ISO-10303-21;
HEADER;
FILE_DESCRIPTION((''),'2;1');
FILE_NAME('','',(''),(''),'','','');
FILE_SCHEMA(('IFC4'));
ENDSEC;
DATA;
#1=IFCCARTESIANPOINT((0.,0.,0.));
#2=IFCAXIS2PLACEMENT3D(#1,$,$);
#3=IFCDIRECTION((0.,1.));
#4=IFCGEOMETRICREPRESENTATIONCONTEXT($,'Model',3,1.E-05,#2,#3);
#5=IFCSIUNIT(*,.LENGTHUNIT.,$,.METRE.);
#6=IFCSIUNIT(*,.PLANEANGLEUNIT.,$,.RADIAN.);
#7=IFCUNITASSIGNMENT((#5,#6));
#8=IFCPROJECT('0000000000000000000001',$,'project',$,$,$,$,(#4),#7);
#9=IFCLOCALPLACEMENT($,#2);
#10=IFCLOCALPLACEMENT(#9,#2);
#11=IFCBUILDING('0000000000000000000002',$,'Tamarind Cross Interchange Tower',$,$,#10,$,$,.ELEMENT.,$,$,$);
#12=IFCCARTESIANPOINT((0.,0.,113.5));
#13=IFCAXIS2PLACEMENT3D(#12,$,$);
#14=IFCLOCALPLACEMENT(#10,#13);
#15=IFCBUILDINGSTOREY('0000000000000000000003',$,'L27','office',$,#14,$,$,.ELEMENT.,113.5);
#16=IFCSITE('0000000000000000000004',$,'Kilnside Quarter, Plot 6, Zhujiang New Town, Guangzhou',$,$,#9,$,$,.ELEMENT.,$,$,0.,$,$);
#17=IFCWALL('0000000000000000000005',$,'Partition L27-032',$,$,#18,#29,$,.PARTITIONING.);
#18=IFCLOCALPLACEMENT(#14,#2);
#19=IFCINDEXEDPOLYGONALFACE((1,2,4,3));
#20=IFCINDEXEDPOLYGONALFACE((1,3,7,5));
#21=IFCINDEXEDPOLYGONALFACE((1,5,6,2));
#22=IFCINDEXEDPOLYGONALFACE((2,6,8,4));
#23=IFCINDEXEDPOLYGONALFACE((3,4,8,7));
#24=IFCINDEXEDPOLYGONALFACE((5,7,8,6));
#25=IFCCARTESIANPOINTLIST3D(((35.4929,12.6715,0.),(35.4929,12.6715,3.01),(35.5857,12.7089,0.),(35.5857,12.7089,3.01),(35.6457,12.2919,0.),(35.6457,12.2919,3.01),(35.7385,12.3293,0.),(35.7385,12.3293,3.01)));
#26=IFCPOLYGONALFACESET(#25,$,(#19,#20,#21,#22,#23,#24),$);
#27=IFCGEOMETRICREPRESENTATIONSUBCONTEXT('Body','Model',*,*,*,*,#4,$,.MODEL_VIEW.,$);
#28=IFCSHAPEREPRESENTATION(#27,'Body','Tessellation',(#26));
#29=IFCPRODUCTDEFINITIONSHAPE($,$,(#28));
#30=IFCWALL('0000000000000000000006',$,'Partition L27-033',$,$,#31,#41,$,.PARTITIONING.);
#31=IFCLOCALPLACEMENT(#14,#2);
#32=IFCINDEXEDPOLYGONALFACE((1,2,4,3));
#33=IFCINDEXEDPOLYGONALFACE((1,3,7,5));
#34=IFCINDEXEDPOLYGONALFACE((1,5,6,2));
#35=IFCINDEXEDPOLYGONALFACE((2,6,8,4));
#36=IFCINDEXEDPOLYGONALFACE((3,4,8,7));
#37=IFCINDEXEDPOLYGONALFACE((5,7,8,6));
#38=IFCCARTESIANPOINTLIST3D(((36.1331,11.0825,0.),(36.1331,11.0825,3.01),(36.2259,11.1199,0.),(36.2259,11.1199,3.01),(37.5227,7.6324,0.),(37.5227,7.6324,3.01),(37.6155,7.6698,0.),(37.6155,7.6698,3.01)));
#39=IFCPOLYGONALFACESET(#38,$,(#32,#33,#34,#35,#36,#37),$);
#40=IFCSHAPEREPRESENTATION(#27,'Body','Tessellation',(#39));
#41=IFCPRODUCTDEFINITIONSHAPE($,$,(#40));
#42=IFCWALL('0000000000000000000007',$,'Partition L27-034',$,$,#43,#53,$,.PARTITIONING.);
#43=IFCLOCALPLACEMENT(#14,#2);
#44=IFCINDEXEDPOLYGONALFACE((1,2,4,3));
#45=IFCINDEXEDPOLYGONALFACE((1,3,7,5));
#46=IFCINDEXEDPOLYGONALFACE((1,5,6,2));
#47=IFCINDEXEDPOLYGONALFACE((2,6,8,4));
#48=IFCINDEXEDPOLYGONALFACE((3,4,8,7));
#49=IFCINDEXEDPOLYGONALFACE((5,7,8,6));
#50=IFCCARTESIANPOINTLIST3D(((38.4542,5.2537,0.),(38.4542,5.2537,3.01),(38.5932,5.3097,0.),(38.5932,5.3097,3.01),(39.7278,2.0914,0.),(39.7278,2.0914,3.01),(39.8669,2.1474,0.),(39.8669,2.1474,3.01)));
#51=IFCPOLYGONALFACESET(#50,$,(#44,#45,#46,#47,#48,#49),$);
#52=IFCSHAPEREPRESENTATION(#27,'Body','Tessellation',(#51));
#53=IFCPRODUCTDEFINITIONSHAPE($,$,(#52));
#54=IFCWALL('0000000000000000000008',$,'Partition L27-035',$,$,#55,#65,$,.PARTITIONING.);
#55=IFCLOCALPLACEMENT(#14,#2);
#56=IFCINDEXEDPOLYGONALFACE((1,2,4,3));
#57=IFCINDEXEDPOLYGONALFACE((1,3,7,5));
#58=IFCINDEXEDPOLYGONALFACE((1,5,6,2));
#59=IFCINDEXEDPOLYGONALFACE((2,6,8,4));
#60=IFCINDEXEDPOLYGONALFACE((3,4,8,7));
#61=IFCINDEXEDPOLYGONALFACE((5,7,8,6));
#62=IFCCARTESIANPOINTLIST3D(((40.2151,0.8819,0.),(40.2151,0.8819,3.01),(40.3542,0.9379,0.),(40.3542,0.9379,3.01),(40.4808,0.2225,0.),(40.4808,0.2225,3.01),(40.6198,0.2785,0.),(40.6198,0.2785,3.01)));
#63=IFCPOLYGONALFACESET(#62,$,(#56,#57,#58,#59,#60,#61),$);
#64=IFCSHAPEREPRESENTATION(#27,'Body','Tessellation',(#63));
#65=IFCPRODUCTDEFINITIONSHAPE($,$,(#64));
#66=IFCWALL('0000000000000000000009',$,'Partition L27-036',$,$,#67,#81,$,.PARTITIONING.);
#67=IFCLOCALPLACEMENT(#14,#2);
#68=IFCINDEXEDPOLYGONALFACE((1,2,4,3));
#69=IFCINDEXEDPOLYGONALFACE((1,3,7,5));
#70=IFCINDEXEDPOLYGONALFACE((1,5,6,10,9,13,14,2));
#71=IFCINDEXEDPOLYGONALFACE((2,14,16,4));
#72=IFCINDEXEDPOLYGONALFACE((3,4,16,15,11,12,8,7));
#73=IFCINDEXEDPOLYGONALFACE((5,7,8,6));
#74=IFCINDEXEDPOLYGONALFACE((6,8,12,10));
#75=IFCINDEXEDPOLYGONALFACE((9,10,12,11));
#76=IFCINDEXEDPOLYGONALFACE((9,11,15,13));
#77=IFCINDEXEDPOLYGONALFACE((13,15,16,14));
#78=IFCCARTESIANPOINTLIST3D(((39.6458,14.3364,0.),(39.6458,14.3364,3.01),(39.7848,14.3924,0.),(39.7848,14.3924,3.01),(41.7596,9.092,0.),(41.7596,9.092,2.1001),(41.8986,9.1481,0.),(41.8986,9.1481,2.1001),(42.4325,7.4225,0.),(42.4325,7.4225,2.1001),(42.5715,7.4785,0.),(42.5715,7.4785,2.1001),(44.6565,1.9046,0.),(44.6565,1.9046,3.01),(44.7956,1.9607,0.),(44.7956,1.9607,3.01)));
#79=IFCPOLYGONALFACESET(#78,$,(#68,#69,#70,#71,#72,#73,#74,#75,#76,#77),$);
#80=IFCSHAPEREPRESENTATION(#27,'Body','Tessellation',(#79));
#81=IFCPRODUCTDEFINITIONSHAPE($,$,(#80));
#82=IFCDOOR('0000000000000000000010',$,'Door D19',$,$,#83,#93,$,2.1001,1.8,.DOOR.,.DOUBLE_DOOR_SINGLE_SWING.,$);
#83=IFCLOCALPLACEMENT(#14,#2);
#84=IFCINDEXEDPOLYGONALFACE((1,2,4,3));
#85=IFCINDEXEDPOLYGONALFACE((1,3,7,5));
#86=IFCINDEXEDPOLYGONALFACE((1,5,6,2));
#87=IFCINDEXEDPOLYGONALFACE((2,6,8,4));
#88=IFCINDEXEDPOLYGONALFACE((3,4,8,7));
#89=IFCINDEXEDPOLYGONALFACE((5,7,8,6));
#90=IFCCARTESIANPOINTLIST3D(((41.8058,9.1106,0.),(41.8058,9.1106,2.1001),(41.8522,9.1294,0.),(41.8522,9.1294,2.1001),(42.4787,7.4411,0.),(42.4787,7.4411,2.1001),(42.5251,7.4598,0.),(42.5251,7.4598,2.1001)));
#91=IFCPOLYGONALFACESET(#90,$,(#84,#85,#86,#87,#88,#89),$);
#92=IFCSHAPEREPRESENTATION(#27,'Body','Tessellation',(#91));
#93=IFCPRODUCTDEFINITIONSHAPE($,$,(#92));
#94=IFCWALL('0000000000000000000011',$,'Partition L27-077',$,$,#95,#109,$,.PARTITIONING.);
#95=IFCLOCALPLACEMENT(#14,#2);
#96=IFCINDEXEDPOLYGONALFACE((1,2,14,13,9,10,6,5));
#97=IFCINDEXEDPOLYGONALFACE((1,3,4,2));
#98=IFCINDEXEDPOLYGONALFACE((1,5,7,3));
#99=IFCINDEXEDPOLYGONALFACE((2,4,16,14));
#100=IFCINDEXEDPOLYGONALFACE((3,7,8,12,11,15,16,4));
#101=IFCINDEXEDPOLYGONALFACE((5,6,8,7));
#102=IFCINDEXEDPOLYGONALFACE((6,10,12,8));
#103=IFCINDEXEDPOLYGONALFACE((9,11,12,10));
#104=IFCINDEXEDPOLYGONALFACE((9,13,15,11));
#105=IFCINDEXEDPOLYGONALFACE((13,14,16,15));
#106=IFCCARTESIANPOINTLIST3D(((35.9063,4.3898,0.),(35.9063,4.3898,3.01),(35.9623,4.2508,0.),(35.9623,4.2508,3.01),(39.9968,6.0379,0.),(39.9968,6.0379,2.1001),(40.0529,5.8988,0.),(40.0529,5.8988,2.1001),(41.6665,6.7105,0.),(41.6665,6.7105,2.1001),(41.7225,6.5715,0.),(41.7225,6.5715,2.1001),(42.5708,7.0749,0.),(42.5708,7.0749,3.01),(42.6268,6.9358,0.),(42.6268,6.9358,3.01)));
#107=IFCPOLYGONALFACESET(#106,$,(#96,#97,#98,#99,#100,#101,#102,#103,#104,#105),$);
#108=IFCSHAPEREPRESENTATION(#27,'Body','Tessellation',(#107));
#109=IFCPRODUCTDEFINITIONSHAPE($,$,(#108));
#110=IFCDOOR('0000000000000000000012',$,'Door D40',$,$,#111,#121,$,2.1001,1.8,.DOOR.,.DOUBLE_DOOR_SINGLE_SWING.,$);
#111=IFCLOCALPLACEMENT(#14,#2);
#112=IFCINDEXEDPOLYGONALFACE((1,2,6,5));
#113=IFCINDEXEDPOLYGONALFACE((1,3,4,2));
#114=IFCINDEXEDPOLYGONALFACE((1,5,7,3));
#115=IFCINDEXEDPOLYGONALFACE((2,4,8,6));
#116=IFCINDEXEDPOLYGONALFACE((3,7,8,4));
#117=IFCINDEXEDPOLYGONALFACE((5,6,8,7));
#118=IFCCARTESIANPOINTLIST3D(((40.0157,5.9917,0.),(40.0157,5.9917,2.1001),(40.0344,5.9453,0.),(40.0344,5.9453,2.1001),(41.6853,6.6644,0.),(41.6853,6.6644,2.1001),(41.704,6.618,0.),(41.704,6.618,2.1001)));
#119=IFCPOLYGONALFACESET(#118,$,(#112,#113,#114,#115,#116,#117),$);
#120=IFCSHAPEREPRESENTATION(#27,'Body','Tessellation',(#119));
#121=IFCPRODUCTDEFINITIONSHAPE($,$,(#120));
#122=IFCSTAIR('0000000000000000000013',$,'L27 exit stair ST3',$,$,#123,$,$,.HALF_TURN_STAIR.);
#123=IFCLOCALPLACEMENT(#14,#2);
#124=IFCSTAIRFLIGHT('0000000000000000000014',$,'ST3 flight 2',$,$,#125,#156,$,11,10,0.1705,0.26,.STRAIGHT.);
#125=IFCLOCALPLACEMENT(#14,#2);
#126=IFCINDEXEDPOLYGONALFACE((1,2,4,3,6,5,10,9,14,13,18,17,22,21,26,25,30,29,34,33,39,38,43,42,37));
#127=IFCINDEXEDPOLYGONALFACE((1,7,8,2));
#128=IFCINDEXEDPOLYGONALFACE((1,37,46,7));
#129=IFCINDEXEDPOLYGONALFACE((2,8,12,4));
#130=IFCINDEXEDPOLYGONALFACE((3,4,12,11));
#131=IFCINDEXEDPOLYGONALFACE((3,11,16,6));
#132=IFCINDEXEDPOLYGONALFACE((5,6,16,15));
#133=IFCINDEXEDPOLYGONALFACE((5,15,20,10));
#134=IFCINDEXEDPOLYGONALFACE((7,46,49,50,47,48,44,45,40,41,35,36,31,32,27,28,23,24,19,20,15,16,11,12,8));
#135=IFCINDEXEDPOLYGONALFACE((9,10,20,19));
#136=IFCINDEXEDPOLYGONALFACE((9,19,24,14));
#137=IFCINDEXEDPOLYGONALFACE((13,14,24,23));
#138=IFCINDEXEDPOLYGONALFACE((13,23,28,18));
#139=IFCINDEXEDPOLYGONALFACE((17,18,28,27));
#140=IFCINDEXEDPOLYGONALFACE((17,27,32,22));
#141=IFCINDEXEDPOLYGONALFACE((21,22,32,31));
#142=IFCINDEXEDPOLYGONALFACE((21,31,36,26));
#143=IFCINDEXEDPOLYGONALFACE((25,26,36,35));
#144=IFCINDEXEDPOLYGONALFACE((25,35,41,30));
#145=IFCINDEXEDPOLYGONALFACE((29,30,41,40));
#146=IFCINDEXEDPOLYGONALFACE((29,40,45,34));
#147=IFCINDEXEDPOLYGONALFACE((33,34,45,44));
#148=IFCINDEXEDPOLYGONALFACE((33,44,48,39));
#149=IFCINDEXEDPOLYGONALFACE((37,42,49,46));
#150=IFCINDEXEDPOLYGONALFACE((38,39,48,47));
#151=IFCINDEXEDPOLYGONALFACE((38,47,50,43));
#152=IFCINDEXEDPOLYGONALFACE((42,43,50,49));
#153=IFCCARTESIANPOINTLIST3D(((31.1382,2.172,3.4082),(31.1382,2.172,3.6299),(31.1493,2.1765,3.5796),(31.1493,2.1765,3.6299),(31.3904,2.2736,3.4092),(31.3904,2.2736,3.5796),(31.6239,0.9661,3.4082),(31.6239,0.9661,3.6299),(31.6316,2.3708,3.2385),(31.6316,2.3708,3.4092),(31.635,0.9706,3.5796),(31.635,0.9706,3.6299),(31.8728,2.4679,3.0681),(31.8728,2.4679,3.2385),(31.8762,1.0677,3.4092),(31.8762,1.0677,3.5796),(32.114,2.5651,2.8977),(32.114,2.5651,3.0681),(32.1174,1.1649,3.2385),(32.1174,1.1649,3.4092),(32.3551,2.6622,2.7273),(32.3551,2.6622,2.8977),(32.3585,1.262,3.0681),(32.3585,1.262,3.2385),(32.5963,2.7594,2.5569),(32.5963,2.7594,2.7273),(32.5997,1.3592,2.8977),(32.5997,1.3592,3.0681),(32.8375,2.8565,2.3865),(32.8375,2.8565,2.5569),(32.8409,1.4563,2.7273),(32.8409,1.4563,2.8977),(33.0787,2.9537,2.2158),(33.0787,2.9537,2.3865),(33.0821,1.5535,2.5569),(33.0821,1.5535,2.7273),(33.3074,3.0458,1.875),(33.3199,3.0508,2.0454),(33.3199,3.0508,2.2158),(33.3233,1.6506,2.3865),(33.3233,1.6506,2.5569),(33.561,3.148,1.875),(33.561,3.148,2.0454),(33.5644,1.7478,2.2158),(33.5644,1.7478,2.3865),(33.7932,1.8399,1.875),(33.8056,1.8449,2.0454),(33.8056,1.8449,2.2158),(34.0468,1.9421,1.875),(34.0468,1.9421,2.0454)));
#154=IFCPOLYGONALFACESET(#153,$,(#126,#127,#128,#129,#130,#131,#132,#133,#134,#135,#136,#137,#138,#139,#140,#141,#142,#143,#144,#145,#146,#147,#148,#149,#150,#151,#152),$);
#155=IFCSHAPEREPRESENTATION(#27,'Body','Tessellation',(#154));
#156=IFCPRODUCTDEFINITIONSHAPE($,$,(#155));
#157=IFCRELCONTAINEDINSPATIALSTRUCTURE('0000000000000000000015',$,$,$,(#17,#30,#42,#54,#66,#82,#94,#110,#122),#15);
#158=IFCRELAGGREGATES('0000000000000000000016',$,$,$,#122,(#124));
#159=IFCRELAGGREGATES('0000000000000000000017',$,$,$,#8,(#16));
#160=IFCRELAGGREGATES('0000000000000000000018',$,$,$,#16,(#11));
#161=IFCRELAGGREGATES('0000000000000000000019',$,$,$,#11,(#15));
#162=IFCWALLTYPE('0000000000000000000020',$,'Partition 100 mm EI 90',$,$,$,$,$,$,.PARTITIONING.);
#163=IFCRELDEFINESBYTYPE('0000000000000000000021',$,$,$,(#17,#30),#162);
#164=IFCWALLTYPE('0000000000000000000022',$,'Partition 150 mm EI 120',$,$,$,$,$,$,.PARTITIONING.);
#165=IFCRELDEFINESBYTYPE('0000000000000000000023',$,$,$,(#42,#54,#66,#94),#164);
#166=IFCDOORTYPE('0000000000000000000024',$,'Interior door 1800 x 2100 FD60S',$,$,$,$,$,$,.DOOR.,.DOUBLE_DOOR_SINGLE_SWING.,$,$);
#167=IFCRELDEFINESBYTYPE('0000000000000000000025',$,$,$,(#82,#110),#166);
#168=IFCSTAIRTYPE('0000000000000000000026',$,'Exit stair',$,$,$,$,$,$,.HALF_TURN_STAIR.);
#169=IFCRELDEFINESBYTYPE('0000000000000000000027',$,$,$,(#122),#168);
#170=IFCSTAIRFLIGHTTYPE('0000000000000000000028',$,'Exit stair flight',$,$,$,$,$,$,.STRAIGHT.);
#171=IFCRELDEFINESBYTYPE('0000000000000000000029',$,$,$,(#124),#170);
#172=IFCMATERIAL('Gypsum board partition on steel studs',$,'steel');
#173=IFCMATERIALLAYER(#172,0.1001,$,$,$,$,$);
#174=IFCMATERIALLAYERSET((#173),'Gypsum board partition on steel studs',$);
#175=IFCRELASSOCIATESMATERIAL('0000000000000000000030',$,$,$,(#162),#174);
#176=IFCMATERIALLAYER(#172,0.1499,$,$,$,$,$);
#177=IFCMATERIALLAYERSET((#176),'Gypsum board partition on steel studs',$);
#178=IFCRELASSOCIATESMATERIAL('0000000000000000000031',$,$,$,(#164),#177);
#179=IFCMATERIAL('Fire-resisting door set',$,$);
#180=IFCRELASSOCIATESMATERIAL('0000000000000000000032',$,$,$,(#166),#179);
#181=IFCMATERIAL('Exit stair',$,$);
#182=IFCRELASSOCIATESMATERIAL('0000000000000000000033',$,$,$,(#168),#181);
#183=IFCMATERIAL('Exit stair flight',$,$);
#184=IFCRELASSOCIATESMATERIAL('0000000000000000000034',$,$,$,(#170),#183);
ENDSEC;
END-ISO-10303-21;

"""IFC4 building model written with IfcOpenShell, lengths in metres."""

from ifc_helpers import new_model, si_unit, direction, frame, frame_2d, origin, place, context, subcontext, project, spatial, polyline, rectangle, outline, extrude, material, layer, layer_set, type_object, element, fill, aggregate, save


model = new_model("IFC4")

# Units and contexts
model_context = context("Model", 3, precision=1e-05, world=origin(), true_north=direction((0.0, 1.0)))
body_context = subcontext(model_context, "Body", "Model", "MODEL_VIEW")
ifc_project = project(units=[si_unit("LENGTHUNIT", "METRE"), si_unit("PLANEANGLEUNIT", "RADIAN")], contexts=[model_context])

# Site, building, storey
site_placement = place(None, origin())
site = spatial("IfcSite", under=ifc_project, at=site_placement, Name="Kilnside Quarter, Plot 6, Zhujiang New Town, Guangzhou", CompositionType="ELEMENT", RefElevation=0.0)
building_placement = place(site_placement, origin())
building = spatial("IfcBuilding", under=site, at=building_placement, Name="Tamarind Cross Interchange Tower", CompositionType="ELEMENT")
storey_placement = place(building_placement, frame((0.0, 0.0, 113.5)))
storey = spatial("IfcBuildingStorey", under=building, at=storey_placement, Name="L27", Description="office", CompositionType="ELEMENT", Elevation=113.5)

# Walls
ifc_material_1 = material(Name="Gypsum board partition on steel studs", Category="steel")
ifc_layer_1 = layer(ifc_material_1, 0.1001)
ifc_layer_set_1 = layer_set([ifc_layer_1], Name="Gypsum board partition on steel studs")
wall_type_1 = type_object("IfcWallType", Name="Partition 100 mm EI 90", PredefinedType="PARTITIONING", material=ifc_layer_set_1)
wall_1_placement = place(storey_placement, frame((35.5393, 12.6902, 0.0), z_axis=(0.0, 0.0, 1.0), x_axis=(0.373447, -0.927652, 0.0)))
element("IfcWall", 1, at=wall_1_placement, inside=storey, type_object=wall_type_1, Name="Partition L27-032", PredefinedType="PARTITIONING", context=body_context, shape_type="SweptSolid", body=[
    extrude(rectangle(XDim=0.4092, YDim=0.1001, at=frame_2d((0.2046, 0.0))), origin(), (0.0, 0.0, 1.0), 3.01),
])
wall_2_placement = place(storey_placement, frame((36.1794, 11.1013, 0.0), z_axis=(0.0, 0.0, 1.0), x_axis=(0.373608, -0.927587, 0.0)))
element("IfcWall", 2, at=wall_2_placement, inside=storey, type_object=wall_type_1, Name="Partition L27-033", PredefinedType="PARTITIONING", context=body_context, shape_type="SweptSolid", body=[
    extrude(rectangle(XDim=3.7195, YDim=0.1001, at=frame_2d((1.8599, 0.0))), origin(), (0.0, 0.0, 1.0), 3.01),
])
ifc_layer_2 = layer(ifc_material_1, 0.1499)
ifc_layer_set_2 = layer_set([ifc_layer_2], Name="Gypsum board partition on steel studs")
wall_type_2 = type_object("IfcWallType", Name="Partition 150 mm EI 120", PredefinedType="PARTITIONING", material=ifc_layer_set_2)
wall_3_placement = place(storey_placement, frame((38.5237, 5.2817, 0.0), z_axis=(0.0, 0.0, 1.0), x_axis=(0.3736, -0.92759, 0.0)))
element("IfcWall", 3, at=wall_3_placement, inside=storey, type_object=wall_type_2, Name="Partition L27-034", PredefinedType="PARTITIONING", context=body_context, shape_type="SweptSolid", body=[
    extrude(rectangle(XDim=3.4092, YDim=0.1499, at=frame_2d((1.7046, 0.0))), origin(), (0.0, 0.0, 1.0), 3.01),
])
wall_4_placement = place(storey_placement, frame((40.2847, 0.9099, 0.0), z_axis=(0.0, 0.0, 1.0), x_axis=(0.37364, -0.927574, 0.0)))
element("IfcWall", 4, at=wall_4_placement, inside=storey, type_object=wall_type_2, Name="Partition L27-035", PredefinedType="PARTITIONING", context=body_context, shape_type="SweptSolid", body=[
    extrude(rectangle(XDim=0.7109, YDim=0.1499, at=frame_2d((0.3555, 0.0))), origin(), (0.0, 0.0, 1.0), 3.01),
])

# Walls, openings, doors
wall_5_placement = place(storey_placement, frame((39.7153, 14.3643, 0.0), z_axis=(0.0, 0.0, 1.0), x_axis=(0.373839, -0.927494, 0.0)))
wall_5 = element("IfcWall", 5, at=wall_5_placement, inside=storey, type_object=wall_type_2, Name="Partition L27-036", PredefinedType="PARTITIONING", context=body_context, shape_type="SweptSolid", body=[
    extrude(rectangle(XDim=13.4036, YDim=0.1499, at=frame_2d((6.7017, 0.0))), origin(), (0.0, 0.0, 1.0), 3.01),
])
opening_1_placement = place(wall_5_placement, frame((5.6543, 0.0, 0.0)))
opening_1 = element("IfcOpeningElement", 6, at=opening_1_placement, cuts=wall_5, PredefinedType="OPENING", context=body_context, shape_type="SweptSolid", body=[
    extrude(rectangle(XDim=1.8, YDim=2.1001, at=frame_2d((0.8999, 1.05))), frame((0.0, 0.085, 0.0), z_axis=(0.0, -1.0, 0.0), x_axis=(1.0, 0.0, 0.0)), (0.0, 0.0, 1.0), 0.1699),
])
ifc_material_2 = material(Name="Fire-resisting door set")
door_type = type_object("IfcDoorType", Name="Interior door 1800 x 2100 FD60S", OperationType="DOUBLE_DOOR_SINGLE_SWING", PredefinedType="DOOR", material=ifc_material_2)
door_1_placement = place(opening_1_placement, origin())
door_1 = element("IfcDoor", 7, at=door_1_placement, inside=storey, type_object=door_type, Name="Door D19", OperationType="DOUBLE_DOOR_SINGLE_SWING", OverallHeight=2.1001, OverallWidth=1.8, PredefinedType="DOOR", context=body_context, shape_type="SweptSolid", body=[
    extrude(rectangle(XDim=1.8, YDim=2.1001, at=frame_2d((0.8999, 1.05))), frame((0.0, 0.0249, 0.0), z_axis=(0.0, -1.0, 0.0), x_axis=(1.0, 0.0, 0.0)), (0.0, 0.0, 1.0), 0.05),
])
fill(opening_1, door_1)
wall_6_placement = place(storey_placement, frame((35.9343, 4.3203, 0.0), z_axis=(0.0, 0.0, 1.0), x_axis=(0.927551, 0.373698, 0.0)))
wall_6 = element("IfcWall", 8, at=wall_6_placement, inside=storey, type_object=wall_type_2, Name="Partition L27-077", PredefinedType="PARTITIONING", context=body_context, shape_type="SweptSolid", body=[
    extrude(rectangle(XDim=7.1851, YDim=0.1499, at=frame_2d((3.5925, 0.0))), origin(), (0.0, 0.0, 1.0), 3.01),
])
opening_2_placement = place(wall_6_placement, frame((4.4102, 0.0, 0.0)))
opening_2 = element("IfcOpeningElement", 9, at=opening_2_placement, cuts=wall_6, PredefinedType="OPENING", context=body_context, shape_type="SweptSolid", body=[
    extrude(rectangle(XDim=1.8, YDim=2.1001, at=frame_2d((0.8999, 1.05))), frame((0.0, 0.085, 0.0), z_axis=(0.0, -1.0, 0.0), x_axis=(1.0, 0.0, 0.0)), (0.0, 0.0, 1.0), 0.1699),
])
door_2_placement = place(opening_2_placement, frame((1.8, 0.0, 0.0), z_axis=(0.0, 0.0, 1.0), x_axis=(-1.0, 0.0, 0.0)))
door_2 = element("IfcDoor", 10, at=door_2_placement, inside=storey, type_object=door_type, Name="Door D40", OperationType="DOUBLE_DOOR_SINGLE_SWING", OverallHeight=2.1001, OverallWidth=1.8, PredefinedType="DOOR", context=body_context, shape_type="SweptSolid", body=[
    extrude(rectangle(XDim=1.8, YDim=2.1001, at=frame_2d((0.8999, 1.05))), frame((0.0, 0.0249, 0.0), z_axis=(0.0, -1.0, 0.0), x_axis=(1.0, 0.0, 0.0)), (0.0, 0.0, 1.0), 0.05),
])
fill(opening_2, door_2)

# Stair, stair flight
ifc_material_3 = material(Name="Exit stair")
stair_type = type_object("IfcStairType", Name="Exit stair", PredefinedType="HALF_TURN_STAIR", material=ifc_material_3)
stair_placement = place(storey_placement, origin())
stair = element("IfcStair", 11, at=stair_placement, inside=storey, type_object=stair_type, Name="L27 exit stair ST3", PredefinedType="HALF_TURN_STAIR")
ifc_material_4 = material(Name="Exit stair flight")
stair_flight_type = type_object("IfcStairFlightType", Name="Exit stair flight", PredefinedType="STRAIGHT", material=ifc_material_4)
stair_flight_placement = place(storey_placement, frame((33.804, 2.5449, 1.875), z_axis=(0.0, 0.0, 1.0), x_axis=(-0.92757, -0.373648, 0.0)))
stair_flight = element("IfcStairFlight", 12, at=stair_flight_placement, type_object=stair_flight_type, Name="ST3 flight 2", NumberOfRisers=11, NumberOfTreads=10, PredefinedType="STRAIGHT", RiserHeight=0.1705, TreadLength=0.26, context=body_context, shape_type="SweptSolid", body=[
    extrude(outline(polyline([(0.0, 0.0), (0.0, 0.1704), (0.26, 0.1704), (0.26, 0.3408), (0.52, 0.3408), (0.52, 0.5115), (0.78, 0.5115), (0.78, 0.6819), (1.04, 0.6819), (1.04, 0.8523), (1.3, 0.8523), (1.3, 1.0227), (1.5601, 1.0227), (1.5601, 1.1931), (1.8201, 1.1931), (1.8201, 1.3635), (2.0801, 1.3635), (2.0801, 1.5342), (2.3401, 1.5342), (2.3401, 1.7046), (2.6001, 1.7046), (2.6001, 1.7549), (2.6121, 1.7549), (2.6121, 1.5332), (0.2734, 0.0), (0.0, 0.0)])), frame((0.0, 0.6499, 0.0), z_axis=(0.0, -1.0, 0.0), x_axis=(1.0, 0.0, 0.0)), (0.0, 0.0, 1.0), 1.3),
])
aggregate(stair, [stair_flight])

save(model, "model.ifc")
